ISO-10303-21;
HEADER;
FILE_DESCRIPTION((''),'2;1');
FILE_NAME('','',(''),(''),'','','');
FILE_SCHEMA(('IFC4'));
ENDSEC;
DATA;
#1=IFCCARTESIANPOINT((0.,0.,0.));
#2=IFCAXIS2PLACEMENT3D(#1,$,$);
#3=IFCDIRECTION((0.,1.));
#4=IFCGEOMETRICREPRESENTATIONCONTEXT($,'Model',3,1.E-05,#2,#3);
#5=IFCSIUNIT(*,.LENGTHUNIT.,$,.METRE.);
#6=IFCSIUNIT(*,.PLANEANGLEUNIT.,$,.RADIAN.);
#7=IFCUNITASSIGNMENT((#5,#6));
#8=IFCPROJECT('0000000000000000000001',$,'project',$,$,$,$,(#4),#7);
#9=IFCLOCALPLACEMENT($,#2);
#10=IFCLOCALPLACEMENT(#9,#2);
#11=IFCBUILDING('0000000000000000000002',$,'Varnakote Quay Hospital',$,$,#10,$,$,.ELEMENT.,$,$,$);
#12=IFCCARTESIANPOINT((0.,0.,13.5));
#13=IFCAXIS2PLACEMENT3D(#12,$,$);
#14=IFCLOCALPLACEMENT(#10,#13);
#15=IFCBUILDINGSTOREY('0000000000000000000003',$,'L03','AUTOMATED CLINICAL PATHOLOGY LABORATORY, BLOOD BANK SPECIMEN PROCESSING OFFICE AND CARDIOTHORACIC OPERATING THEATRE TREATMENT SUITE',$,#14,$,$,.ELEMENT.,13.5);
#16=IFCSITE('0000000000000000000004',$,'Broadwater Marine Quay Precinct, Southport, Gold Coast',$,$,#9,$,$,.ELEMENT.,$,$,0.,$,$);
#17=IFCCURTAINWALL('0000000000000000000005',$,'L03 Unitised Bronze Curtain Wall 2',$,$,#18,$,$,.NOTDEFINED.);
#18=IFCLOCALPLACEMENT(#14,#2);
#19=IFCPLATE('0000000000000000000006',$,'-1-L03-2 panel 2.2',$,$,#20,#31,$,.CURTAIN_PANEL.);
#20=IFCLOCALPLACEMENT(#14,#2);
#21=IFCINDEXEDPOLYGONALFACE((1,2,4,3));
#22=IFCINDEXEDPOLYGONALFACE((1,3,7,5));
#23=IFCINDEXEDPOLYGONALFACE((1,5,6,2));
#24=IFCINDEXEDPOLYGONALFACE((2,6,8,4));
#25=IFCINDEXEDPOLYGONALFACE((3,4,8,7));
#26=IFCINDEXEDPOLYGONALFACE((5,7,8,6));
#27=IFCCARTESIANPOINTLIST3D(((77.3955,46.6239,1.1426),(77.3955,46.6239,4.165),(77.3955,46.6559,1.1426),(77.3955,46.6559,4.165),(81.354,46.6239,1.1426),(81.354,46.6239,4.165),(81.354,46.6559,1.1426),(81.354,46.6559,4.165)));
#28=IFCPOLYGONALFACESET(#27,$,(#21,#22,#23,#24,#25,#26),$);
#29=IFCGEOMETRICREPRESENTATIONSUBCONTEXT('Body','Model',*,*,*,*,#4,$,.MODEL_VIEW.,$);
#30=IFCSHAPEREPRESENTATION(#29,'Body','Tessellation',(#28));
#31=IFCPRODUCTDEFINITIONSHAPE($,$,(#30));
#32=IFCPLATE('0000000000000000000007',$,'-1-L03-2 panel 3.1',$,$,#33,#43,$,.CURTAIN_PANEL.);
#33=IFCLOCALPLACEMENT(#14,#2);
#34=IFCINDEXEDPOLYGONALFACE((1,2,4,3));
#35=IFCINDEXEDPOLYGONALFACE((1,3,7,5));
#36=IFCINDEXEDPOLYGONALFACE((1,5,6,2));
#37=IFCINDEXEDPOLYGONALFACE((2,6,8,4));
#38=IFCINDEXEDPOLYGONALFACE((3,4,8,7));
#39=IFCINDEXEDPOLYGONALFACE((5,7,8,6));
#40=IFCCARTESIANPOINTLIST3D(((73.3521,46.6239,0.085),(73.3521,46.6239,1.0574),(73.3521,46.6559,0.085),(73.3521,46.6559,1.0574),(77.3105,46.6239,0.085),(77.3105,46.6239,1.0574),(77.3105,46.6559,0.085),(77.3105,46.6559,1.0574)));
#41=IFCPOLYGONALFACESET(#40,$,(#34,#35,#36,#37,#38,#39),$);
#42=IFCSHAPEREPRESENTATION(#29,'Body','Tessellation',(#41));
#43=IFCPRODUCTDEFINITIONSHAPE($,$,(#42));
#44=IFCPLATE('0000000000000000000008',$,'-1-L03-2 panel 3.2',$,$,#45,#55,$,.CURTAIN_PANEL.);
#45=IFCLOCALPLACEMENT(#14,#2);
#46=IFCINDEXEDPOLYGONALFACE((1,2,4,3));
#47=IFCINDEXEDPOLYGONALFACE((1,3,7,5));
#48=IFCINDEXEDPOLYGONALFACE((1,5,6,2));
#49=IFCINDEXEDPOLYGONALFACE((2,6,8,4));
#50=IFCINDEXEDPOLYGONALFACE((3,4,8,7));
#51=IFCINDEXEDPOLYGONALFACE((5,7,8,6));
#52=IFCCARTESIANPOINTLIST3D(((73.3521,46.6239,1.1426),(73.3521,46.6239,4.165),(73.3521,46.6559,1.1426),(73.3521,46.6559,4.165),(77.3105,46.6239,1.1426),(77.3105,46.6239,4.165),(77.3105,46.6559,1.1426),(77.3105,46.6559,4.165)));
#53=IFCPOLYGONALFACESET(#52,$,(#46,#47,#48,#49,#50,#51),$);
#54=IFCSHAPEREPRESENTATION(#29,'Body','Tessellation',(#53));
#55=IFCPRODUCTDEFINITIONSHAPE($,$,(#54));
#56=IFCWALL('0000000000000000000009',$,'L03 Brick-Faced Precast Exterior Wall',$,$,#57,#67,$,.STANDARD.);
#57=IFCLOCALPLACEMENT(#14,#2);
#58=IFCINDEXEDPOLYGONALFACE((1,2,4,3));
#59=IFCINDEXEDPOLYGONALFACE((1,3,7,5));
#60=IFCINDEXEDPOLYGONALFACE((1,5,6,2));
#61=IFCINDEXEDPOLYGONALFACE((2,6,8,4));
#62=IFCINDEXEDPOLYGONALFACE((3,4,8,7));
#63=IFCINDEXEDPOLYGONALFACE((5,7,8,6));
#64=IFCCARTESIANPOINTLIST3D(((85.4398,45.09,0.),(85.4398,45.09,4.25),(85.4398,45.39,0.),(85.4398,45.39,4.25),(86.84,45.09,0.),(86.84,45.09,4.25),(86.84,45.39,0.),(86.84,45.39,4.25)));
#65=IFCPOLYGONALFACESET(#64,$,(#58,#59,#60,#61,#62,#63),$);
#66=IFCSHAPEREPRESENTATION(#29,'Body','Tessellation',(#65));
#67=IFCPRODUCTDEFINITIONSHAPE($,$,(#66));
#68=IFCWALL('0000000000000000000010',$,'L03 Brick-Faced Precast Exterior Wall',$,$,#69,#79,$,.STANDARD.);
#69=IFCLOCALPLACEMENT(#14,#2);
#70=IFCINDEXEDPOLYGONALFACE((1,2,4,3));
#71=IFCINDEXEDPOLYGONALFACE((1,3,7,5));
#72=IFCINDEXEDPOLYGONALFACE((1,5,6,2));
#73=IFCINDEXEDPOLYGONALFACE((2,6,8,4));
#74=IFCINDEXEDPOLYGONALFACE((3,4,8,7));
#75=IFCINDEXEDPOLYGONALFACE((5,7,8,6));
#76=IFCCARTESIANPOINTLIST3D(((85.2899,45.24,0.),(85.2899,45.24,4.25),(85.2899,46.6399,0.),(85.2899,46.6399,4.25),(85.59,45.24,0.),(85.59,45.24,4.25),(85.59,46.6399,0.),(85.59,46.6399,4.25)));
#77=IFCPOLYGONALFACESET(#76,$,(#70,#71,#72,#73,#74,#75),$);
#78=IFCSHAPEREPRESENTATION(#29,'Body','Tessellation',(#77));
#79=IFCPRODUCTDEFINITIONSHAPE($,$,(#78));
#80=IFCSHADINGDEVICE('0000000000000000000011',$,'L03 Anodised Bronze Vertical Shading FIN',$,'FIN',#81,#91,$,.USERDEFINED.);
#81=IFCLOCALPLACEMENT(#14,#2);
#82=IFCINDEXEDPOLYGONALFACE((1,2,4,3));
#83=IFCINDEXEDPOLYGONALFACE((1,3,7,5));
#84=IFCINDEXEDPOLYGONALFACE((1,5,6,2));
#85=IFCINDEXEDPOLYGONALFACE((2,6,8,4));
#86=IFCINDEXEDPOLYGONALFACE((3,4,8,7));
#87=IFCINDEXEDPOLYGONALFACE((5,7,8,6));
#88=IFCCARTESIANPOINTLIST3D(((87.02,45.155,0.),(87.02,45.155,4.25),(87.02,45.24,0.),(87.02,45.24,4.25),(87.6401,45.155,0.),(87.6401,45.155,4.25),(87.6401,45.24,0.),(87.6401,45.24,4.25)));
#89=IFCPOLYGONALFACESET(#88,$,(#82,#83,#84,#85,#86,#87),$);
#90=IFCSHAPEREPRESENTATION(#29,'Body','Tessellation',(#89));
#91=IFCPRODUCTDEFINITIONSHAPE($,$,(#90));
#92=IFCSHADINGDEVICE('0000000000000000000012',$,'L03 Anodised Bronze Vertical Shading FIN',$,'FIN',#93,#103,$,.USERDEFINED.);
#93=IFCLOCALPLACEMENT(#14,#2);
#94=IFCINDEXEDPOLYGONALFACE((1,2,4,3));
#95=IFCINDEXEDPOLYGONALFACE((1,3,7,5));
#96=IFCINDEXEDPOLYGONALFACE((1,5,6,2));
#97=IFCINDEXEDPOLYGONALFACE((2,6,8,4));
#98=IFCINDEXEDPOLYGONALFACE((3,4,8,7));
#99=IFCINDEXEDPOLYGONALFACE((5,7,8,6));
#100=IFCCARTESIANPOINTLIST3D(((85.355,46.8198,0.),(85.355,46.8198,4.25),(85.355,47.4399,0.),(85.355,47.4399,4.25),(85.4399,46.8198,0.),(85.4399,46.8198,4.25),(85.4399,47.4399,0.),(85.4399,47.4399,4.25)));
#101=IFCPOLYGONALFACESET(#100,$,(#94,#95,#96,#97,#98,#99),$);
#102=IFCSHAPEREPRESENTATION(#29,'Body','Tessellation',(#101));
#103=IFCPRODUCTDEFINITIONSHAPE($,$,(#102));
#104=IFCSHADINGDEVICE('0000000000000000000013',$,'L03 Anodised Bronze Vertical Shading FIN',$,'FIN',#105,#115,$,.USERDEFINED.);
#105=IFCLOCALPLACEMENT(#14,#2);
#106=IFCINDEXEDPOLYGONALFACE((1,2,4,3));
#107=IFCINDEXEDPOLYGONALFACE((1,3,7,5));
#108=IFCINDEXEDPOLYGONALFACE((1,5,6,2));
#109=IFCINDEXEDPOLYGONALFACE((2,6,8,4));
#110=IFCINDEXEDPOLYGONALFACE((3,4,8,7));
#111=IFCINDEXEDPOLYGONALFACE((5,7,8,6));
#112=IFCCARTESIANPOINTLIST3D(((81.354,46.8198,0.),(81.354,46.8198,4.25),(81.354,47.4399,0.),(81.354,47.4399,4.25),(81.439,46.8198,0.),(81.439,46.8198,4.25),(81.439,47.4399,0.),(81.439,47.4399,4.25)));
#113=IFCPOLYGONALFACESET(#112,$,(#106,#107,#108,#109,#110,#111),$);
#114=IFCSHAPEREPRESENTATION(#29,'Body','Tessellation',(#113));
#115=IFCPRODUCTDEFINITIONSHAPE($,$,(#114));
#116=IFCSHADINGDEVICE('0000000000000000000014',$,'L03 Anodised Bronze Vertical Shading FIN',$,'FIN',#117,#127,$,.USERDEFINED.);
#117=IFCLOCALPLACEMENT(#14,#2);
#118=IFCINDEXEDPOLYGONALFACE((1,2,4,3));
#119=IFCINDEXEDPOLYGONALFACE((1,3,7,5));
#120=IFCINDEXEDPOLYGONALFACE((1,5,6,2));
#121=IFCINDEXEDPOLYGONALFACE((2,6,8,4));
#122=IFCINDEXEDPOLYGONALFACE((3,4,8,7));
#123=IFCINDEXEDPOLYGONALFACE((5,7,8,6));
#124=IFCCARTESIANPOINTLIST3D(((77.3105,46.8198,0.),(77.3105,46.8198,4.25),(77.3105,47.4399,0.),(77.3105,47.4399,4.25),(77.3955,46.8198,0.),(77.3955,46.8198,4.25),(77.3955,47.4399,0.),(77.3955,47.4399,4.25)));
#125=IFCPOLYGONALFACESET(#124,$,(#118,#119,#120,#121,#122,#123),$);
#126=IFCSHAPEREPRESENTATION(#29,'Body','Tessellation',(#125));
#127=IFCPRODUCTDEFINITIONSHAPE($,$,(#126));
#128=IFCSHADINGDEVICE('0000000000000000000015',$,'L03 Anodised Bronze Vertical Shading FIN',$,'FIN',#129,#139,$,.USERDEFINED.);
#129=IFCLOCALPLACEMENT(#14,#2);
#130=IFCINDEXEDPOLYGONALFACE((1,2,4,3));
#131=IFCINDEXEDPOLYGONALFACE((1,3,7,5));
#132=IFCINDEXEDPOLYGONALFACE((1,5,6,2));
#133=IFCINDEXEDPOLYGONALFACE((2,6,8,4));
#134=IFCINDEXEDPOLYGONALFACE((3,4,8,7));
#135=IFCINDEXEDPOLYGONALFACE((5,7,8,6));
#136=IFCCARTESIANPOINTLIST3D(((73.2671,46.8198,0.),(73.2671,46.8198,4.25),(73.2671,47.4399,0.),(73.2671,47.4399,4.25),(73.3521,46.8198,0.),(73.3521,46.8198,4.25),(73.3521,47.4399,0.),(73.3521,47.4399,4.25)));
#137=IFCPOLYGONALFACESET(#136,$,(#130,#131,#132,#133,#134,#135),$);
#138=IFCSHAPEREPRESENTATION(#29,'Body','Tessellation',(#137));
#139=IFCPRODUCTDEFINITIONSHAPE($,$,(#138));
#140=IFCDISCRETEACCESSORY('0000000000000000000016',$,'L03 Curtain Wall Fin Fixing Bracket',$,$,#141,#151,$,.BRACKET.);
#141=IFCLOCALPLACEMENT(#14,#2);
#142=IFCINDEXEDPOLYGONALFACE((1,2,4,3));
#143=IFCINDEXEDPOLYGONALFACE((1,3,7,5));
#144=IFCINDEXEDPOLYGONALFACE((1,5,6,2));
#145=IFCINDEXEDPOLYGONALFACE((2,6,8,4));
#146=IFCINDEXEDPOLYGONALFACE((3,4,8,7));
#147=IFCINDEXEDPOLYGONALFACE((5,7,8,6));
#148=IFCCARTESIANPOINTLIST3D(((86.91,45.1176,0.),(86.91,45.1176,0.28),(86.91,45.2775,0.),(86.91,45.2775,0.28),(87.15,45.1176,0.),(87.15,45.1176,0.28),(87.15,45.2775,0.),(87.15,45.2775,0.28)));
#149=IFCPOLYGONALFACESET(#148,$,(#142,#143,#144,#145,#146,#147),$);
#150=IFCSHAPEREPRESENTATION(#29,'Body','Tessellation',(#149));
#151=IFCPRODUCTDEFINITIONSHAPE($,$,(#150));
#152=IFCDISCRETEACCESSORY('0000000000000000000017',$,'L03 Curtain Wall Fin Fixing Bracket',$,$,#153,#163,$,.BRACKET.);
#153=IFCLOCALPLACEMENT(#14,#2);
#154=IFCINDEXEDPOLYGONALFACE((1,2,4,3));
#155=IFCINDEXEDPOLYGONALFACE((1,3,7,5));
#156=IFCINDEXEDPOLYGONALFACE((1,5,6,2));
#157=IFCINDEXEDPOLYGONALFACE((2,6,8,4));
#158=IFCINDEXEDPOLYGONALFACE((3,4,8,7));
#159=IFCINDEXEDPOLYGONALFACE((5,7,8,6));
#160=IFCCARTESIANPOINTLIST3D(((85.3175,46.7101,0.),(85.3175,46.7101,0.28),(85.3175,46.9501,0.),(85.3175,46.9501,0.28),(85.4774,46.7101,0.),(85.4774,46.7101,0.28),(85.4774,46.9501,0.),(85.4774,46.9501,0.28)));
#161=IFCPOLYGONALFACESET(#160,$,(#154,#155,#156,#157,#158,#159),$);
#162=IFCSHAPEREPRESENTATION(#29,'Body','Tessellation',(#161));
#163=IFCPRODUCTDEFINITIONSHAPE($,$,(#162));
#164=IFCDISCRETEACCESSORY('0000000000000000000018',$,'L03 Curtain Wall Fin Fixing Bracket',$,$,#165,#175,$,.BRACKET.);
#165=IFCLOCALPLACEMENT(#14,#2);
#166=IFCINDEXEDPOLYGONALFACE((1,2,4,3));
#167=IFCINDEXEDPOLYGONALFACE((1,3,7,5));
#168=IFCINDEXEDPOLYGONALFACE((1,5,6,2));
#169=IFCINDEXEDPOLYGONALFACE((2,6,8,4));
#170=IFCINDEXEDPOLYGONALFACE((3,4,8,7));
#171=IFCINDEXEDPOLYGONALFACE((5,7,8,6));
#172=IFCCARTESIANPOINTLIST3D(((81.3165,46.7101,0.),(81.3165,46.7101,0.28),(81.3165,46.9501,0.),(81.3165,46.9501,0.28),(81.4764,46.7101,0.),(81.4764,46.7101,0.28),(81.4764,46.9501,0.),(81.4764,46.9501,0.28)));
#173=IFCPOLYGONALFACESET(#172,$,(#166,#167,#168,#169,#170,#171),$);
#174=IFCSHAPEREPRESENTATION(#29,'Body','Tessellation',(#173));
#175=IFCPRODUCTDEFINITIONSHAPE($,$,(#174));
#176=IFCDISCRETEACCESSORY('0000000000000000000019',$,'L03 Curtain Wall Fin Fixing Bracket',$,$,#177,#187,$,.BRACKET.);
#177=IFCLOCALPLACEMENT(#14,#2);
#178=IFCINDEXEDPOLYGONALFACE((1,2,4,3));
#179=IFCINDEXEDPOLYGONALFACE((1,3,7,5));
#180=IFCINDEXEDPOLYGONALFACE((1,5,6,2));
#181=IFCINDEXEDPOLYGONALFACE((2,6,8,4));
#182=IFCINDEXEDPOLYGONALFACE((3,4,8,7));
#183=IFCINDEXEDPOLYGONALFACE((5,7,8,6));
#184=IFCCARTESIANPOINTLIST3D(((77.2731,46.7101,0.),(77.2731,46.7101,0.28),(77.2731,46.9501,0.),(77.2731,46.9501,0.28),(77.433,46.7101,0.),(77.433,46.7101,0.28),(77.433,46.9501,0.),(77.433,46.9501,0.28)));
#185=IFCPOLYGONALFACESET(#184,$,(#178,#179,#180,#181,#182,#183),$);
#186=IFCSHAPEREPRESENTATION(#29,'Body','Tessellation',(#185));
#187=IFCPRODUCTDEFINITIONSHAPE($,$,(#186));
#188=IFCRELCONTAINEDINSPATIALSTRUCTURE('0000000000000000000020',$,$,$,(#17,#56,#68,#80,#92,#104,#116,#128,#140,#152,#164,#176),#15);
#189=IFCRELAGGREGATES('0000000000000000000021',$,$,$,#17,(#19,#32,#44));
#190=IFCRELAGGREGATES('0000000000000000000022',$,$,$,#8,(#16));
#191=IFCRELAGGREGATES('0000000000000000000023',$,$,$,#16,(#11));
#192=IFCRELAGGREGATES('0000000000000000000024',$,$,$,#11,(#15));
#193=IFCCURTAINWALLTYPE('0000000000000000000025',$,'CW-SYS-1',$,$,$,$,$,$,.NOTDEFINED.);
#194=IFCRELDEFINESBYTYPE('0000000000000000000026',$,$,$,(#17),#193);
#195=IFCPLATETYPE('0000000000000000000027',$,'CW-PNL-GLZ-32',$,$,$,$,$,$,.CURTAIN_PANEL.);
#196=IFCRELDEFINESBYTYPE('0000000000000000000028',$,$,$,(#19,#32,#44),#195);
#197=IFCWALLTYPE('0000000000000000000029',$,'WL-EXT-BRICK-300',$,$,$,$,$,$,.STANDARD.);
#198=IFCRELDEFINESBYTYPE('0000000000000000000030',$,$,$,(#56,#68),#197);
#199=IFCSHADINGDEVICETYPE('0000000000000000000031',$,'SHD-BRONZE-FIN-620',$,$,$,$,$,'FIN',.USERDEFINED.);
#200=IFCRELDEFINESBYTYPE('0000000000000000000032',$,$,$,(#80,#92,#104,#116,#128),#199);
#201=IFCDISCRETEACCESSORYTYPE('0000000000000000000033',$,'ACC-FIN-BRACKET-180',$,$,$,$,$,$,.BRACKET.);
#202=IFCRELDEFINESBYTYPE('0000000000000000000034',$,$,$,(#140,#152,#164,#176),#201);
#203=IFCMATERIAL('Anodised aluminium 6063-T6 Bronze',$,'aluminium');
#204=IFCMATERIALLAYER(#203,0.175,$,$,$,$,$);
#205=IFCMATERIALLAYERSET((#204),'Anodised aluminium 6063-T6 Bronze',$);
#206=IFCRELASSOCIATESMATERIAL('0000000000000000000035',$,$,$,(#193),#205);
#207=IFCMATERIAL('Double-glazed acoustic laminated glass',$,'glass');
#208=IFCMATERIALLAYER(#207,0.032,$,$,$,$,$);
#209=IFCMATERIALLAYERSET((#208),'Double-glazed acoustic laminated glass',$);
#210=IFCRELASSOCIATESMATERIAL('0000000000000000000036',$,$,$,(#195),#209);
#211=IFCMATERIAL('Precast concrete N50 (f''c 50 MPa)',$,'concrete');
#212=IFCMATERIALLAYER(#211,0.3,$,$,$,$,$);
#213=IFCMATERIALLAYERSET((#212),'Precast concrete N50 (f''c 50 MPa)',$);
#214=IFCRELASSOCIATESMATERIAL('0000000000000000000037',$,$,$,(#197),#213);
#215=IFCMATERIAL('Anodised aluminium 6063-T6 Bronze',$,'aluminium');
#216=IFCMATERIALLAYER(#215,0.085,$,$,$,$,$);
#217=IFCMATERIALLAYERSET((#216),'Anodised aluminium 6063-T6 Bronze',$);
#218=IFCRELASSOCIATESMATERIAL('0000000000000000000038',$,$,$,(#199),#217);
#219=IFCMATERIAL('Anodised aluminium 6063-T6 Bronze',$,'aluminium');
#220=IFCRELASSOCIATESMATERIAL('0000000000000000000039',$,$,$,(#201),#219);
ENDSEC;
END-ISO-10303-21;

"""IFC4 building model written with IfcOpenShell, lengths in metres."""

from ifc_helpers import new_model, si_unit, direction, frame, frame_2d, origin, origin_2d, place, context, subcontext, project, spatial, rectangle, extrude, material, layer, layer_set, type_object, element, aggregate, save


model = new_model("IFC4")

# Units and contexts
model_context = context("Model", 3, precision=1e-05, world=origin(), true_north=direction((0.0, 1.0)))
body_context = subcontext(model_context, "Body", "Model", "MODEL_VIEW")
ifc_project = project(units=[si_unit("LENGTHUNIT", "METRE"), si_unit("PLANEANGLEUNIT", "RADIAN")], contexts=[model_context])

# Site, building, storey
site_placement = place(None, origin())
site = spatial("IfcSite", under=ifc_project, at=site_placement, Name="Broadwater Marine Quay Precinct, Southport, Gold Coast", CompositionType="ELEMENT", RefElevation=0.0)
building_placement = place(site_placement, origin())
building = spatial("IfcBuilding", under=site, at=building_placement, Name="Varnakote Quay Hospital", CompositionType="ELEMENT")
storey_placement = place(building_placement, frame((0.0, 0.0, 13.5)))
storey = spatial("IfcBuildingStorey", under=building, at=storey_placement, Name="L03", Description="AUTOMATED CLINICAL PATHOLOGY LABORATORY, BLOOD BANK SPECIMEN PROCESSING OFFICE AND CARDIOTHORACIC OPERATING THEATRE TREATMENT SUITE", CompositionType="ELEMENT", Elevation=13.5)

# Shared definitions
ifc_material_1 = material(Name="Anodised aluminium 6063-T6 Bronze", Category="aluminium")
ifc_layer_1 = layer(ifc_material_1, 0.175)
ifc_layer_set_1 = layer_set([ifc_layer_1], Name="Anodised aluminium 6063-T6 Bronze")
curtain_wall_type = type_object("IfcCurtainWallType", Name="CW-SYS-1", PredefinedType="NOTDEFINED", material=ifc_layer_set_1)

# Curtain wall
curtain_wall_1_placement = place(storey_placement, origin())
curtain_wall_1 = element("IfcCurtainWall", 1, at=curtain_wall_1_placement, inside=storey, type_object=curtain_wall_type, Name="L03 Unitised Bronze Curtain Wall 2", PredefinedType="NOTDEFINED")

# Plates
ifc_material_2 = material(Name="Double-glazed acoustic laminated glass", Category="glass")
ifc_layer_2 = layer(ifc_material_2, 0.032)
ifc_layer_set_2 = layer_set([ifc_layer_2], Name="Double-glazed acoustic laminated glass")
plate_type = type_object("IfcPlateType", Name="CW-PNL-GLZ-32", PredefinedType="CURTAIN_PANEL", material=ifc_layer_set_2)
plate_1_placement = place(storey_placement, frame((79.3748, 46.6399, 1.1426), z_axis=(0.0, 0.0, 1.0), x_axis=(-1.0, 0.0, 0.0)))
plate_1 = element("IfcPlate", 2, at=plate_1_placement, type_object=plate_type, Name="-1-L03-2 panel 2.2", PredefinedType="CURTAIN_PANEL", context=body_context, shape_type="SweptSolid", body=[
    extrude(rectangle(XDim=3.9585, YDim=0.032, at=origin_2d()), origin(), (0.0, 0.0, 1.0), 3.0225),
])
plate_2_placement = place(storey_placement, frame((75.3313, 46.6399, 0.085), z_axis=(0.0, 0.0, 1.0), x_axis=(-1.0, 0.0, 0.0)))
plate_2 = element("IfcPlate", 3, at=plate_2_placement, type_object=plate_type, Name="-1-L03-2 panel 3.1", PredefinedType="CURTAIN_PANEL", context=body_context, shape_type="SweptSolid", body=[
    extrude(rectangle(XDim=3.9585, YDim=0.032, at=origin_2d()), origin(), (0.0, 0.0, 1.0), 0.9724),
])
plate_3_placement = place(storey_placement, frame((75.3313, 46.6399, 1.1426), z_axis=(0.0, 0.0, 1.0), x_axis=(-1.0, 0.0, 0.0)))
plate_3 = element("IfcPlate", 4, at=plate_3_placement, type_object=plate_type, Name="-1-L03-2 panel 3.2", PredefinedType="CURTAIN_PANEL", context=body_context, shape_type="SweptSolid", body=[
    extrude(rectangle(XDim=3.9585, YDim=0.032, at=origin_2d()), origin(), (0.0, 0.0, 1.0), 3.0225),
])
aggregate(curtain_wall_1, [plate_1, plate_2, plate_3])

# Walls
ifc_material_3 = material(Name="Precast concrete N50 (f'c 50 MPa)", Category="concrete")
ifc_layer_3 = layer(ifc_material_3, 0.3)
ifc_layer_set_3 = layer_set([ifc_layer_3], Name="Precast concrete N50 (f'c 50 MPa)")
wall_type = type_object("IfcWallType", Name="WL-EXT-BRICK-300", PredefinedType="STANDARD", material=ifc_layer_set_3)
wall_1_placement = place(storey_placement, frame((86.8401, 45.24, 0.0), z_axis=(0.0, 0.0, 1.0), x_axis=(-1.0, 0.0, 0.0)))
element("IfcWall", 5, at=wall_1_placement, inside=storey, type_object=wall_type, Name="L03 Brick-Faced Precast Exterior Wall", PredefinedType="STANDARD", context=body_context, shape_type="SweptSolid", body=[
    extrude(rectangle(XDim=1.4001, YDim=0.3, at=frame_2d((0.7002, 0.0))), origin(), (0.0, 0.0, 1.0), 4.25),
])
wall_2_placement = place(storey_placement, frame((85.4399, 45.24, 0.0), z_axis=(0.0, 0.0, 1.0), x_axis=(0.0, 1.0, 0.0)))
element("IfcWall", 6, at=wall_2_placement, inside=storey, type_object=wall_type, Name="L03 Brick-Faced Precast Exterior Wall", PredefinedType="STANDARD", context=body_context, shape_type="SweptSolid", body=[
    extrude(rectangle(XDim=1.3999, YDim=0.3, at=frame_2d((0.7, 0.0))), origin(), (0.0, 0.0, 1.0), 4.25),
])

# Shading devices
ifc_material_4 = material(Name="Anodised aluminium 6063-T6 Bronze", Category="aluminium")
ifc_layer_4 = layer(ifc_material_4, 0.085)
ifc_layer_set_4 = layer_set([ifc_layer_4], Name="Anodised aluminium 6063-T6 Bronze")
shading_device_type = type_object("IfcShadingDeviceType", Name="SHD-BRONZE-FIN-620", ElementType="FIN", PredefinedType="USERDEFINED", material=ifc_layer_set_4)
for number, where, z_axis, x_axis, name in (
    (7, (87.3301, 45.1975, 0.0), (0.0, 0.0, 1.0), (-1.0, 0.0, 0.0), "L03 Anodised Bronze Vertical Shading FIN"),
    (8, (85.3975, 47.1299, 0.0), (0.0, 0.0, 1.0), (0.0, -1.0, 0.0), "L03 Anodised Bronze Vertical Shading FIN"),
    (9, (81.3965, 47.1299, 0.0), (0.0, 0.0, 1.0), (0.0, -1.0, 0.0), "L03 Anodised Bronze Vertical Shading FIN"),
    (10, (77.353, 47.1299, 0.0), (0.0, 0.0, 1.0), (0.0, -1.0, 0.0), "L03 Anodised Bronze Vertical Shading FIN"),
    (11, (73.3096, 47.1299, 0.0), (0.0, 0.0, 1.0), (0.0, -1.0, 0.0), "L03 Anodised Bronze Vertical Shading FIN"),
):
    element("IfcShadingDevice", number, at=place(storey_placement, frame(where, z_axis=z_axis, x_axis=x_axis)), inside=storey, type_object=shading_device_type, Name=name, ObjectType="FIN", PredefinedType="USERDEFINED", context=body_context, shape_type="SweptSolid", body=[
        extrude(rectangle(XDim=0.6201, YDim=0.085, at=origin_2d()), origin(), (0.0, 0.0, 1.0), 4.25),
    ])

# Discrete accessories
ifc_material_5 = material(Name="Anodised aluminium 6063-T6 Bronze", Category="aluminium")
discrete_accessory_type = type_object("IfcDiscreteAccessoryType", Name="ACC-FIN-BRACKET-180", PredefinedType="BRACKET", material=ifc_material_5)
for number, where, z_axis, x_axis, name in (
    (12, (87.03, 45.1975, 0.0), (0.0, 0.0, 1.0), (0.0, 1.0, 0.0), "L03 Curtain Wall Fin Fixing Bracket"),
    (13, (85.3975, 46.8301, 0.0), (0.0, 0.0, 1.0), (-1.0, 0.0, 0.0), "L03 Curtain Wall Fin Fixing Bracket"),
    (14, (81.3965, 46.8301, 0.0), (0.0, 0.0, 1.0), (-1.0, 0.0, 0.0), "L03 Curtain Wall Fin Fixing Bracket"),
    (15, (77.353, 46.8301, 0.0), (0.0, 0.0, 1.0), (-1.0, 0.0, 0.0), "L03 Curtain Wall Fin Fixing Bracket"),
):
    element("IfcDiscreteAccessory", number, at=place(storey_placement, frame(where, z_axis=z_axis, x_axis=x_axis)), inside=storey, type_object=discrete_accessory_type, Name=name, PredefinedType="BRACKET", context=body_context, shape_type="SweptSolid", body=[
        extrude(rectangle(XDim=0.1599, YDim=0.24, at=origin_2d()), origin(), (0.0, 0.0, 1.0), 0.28),
    ])

save(model, "model.ifc")
